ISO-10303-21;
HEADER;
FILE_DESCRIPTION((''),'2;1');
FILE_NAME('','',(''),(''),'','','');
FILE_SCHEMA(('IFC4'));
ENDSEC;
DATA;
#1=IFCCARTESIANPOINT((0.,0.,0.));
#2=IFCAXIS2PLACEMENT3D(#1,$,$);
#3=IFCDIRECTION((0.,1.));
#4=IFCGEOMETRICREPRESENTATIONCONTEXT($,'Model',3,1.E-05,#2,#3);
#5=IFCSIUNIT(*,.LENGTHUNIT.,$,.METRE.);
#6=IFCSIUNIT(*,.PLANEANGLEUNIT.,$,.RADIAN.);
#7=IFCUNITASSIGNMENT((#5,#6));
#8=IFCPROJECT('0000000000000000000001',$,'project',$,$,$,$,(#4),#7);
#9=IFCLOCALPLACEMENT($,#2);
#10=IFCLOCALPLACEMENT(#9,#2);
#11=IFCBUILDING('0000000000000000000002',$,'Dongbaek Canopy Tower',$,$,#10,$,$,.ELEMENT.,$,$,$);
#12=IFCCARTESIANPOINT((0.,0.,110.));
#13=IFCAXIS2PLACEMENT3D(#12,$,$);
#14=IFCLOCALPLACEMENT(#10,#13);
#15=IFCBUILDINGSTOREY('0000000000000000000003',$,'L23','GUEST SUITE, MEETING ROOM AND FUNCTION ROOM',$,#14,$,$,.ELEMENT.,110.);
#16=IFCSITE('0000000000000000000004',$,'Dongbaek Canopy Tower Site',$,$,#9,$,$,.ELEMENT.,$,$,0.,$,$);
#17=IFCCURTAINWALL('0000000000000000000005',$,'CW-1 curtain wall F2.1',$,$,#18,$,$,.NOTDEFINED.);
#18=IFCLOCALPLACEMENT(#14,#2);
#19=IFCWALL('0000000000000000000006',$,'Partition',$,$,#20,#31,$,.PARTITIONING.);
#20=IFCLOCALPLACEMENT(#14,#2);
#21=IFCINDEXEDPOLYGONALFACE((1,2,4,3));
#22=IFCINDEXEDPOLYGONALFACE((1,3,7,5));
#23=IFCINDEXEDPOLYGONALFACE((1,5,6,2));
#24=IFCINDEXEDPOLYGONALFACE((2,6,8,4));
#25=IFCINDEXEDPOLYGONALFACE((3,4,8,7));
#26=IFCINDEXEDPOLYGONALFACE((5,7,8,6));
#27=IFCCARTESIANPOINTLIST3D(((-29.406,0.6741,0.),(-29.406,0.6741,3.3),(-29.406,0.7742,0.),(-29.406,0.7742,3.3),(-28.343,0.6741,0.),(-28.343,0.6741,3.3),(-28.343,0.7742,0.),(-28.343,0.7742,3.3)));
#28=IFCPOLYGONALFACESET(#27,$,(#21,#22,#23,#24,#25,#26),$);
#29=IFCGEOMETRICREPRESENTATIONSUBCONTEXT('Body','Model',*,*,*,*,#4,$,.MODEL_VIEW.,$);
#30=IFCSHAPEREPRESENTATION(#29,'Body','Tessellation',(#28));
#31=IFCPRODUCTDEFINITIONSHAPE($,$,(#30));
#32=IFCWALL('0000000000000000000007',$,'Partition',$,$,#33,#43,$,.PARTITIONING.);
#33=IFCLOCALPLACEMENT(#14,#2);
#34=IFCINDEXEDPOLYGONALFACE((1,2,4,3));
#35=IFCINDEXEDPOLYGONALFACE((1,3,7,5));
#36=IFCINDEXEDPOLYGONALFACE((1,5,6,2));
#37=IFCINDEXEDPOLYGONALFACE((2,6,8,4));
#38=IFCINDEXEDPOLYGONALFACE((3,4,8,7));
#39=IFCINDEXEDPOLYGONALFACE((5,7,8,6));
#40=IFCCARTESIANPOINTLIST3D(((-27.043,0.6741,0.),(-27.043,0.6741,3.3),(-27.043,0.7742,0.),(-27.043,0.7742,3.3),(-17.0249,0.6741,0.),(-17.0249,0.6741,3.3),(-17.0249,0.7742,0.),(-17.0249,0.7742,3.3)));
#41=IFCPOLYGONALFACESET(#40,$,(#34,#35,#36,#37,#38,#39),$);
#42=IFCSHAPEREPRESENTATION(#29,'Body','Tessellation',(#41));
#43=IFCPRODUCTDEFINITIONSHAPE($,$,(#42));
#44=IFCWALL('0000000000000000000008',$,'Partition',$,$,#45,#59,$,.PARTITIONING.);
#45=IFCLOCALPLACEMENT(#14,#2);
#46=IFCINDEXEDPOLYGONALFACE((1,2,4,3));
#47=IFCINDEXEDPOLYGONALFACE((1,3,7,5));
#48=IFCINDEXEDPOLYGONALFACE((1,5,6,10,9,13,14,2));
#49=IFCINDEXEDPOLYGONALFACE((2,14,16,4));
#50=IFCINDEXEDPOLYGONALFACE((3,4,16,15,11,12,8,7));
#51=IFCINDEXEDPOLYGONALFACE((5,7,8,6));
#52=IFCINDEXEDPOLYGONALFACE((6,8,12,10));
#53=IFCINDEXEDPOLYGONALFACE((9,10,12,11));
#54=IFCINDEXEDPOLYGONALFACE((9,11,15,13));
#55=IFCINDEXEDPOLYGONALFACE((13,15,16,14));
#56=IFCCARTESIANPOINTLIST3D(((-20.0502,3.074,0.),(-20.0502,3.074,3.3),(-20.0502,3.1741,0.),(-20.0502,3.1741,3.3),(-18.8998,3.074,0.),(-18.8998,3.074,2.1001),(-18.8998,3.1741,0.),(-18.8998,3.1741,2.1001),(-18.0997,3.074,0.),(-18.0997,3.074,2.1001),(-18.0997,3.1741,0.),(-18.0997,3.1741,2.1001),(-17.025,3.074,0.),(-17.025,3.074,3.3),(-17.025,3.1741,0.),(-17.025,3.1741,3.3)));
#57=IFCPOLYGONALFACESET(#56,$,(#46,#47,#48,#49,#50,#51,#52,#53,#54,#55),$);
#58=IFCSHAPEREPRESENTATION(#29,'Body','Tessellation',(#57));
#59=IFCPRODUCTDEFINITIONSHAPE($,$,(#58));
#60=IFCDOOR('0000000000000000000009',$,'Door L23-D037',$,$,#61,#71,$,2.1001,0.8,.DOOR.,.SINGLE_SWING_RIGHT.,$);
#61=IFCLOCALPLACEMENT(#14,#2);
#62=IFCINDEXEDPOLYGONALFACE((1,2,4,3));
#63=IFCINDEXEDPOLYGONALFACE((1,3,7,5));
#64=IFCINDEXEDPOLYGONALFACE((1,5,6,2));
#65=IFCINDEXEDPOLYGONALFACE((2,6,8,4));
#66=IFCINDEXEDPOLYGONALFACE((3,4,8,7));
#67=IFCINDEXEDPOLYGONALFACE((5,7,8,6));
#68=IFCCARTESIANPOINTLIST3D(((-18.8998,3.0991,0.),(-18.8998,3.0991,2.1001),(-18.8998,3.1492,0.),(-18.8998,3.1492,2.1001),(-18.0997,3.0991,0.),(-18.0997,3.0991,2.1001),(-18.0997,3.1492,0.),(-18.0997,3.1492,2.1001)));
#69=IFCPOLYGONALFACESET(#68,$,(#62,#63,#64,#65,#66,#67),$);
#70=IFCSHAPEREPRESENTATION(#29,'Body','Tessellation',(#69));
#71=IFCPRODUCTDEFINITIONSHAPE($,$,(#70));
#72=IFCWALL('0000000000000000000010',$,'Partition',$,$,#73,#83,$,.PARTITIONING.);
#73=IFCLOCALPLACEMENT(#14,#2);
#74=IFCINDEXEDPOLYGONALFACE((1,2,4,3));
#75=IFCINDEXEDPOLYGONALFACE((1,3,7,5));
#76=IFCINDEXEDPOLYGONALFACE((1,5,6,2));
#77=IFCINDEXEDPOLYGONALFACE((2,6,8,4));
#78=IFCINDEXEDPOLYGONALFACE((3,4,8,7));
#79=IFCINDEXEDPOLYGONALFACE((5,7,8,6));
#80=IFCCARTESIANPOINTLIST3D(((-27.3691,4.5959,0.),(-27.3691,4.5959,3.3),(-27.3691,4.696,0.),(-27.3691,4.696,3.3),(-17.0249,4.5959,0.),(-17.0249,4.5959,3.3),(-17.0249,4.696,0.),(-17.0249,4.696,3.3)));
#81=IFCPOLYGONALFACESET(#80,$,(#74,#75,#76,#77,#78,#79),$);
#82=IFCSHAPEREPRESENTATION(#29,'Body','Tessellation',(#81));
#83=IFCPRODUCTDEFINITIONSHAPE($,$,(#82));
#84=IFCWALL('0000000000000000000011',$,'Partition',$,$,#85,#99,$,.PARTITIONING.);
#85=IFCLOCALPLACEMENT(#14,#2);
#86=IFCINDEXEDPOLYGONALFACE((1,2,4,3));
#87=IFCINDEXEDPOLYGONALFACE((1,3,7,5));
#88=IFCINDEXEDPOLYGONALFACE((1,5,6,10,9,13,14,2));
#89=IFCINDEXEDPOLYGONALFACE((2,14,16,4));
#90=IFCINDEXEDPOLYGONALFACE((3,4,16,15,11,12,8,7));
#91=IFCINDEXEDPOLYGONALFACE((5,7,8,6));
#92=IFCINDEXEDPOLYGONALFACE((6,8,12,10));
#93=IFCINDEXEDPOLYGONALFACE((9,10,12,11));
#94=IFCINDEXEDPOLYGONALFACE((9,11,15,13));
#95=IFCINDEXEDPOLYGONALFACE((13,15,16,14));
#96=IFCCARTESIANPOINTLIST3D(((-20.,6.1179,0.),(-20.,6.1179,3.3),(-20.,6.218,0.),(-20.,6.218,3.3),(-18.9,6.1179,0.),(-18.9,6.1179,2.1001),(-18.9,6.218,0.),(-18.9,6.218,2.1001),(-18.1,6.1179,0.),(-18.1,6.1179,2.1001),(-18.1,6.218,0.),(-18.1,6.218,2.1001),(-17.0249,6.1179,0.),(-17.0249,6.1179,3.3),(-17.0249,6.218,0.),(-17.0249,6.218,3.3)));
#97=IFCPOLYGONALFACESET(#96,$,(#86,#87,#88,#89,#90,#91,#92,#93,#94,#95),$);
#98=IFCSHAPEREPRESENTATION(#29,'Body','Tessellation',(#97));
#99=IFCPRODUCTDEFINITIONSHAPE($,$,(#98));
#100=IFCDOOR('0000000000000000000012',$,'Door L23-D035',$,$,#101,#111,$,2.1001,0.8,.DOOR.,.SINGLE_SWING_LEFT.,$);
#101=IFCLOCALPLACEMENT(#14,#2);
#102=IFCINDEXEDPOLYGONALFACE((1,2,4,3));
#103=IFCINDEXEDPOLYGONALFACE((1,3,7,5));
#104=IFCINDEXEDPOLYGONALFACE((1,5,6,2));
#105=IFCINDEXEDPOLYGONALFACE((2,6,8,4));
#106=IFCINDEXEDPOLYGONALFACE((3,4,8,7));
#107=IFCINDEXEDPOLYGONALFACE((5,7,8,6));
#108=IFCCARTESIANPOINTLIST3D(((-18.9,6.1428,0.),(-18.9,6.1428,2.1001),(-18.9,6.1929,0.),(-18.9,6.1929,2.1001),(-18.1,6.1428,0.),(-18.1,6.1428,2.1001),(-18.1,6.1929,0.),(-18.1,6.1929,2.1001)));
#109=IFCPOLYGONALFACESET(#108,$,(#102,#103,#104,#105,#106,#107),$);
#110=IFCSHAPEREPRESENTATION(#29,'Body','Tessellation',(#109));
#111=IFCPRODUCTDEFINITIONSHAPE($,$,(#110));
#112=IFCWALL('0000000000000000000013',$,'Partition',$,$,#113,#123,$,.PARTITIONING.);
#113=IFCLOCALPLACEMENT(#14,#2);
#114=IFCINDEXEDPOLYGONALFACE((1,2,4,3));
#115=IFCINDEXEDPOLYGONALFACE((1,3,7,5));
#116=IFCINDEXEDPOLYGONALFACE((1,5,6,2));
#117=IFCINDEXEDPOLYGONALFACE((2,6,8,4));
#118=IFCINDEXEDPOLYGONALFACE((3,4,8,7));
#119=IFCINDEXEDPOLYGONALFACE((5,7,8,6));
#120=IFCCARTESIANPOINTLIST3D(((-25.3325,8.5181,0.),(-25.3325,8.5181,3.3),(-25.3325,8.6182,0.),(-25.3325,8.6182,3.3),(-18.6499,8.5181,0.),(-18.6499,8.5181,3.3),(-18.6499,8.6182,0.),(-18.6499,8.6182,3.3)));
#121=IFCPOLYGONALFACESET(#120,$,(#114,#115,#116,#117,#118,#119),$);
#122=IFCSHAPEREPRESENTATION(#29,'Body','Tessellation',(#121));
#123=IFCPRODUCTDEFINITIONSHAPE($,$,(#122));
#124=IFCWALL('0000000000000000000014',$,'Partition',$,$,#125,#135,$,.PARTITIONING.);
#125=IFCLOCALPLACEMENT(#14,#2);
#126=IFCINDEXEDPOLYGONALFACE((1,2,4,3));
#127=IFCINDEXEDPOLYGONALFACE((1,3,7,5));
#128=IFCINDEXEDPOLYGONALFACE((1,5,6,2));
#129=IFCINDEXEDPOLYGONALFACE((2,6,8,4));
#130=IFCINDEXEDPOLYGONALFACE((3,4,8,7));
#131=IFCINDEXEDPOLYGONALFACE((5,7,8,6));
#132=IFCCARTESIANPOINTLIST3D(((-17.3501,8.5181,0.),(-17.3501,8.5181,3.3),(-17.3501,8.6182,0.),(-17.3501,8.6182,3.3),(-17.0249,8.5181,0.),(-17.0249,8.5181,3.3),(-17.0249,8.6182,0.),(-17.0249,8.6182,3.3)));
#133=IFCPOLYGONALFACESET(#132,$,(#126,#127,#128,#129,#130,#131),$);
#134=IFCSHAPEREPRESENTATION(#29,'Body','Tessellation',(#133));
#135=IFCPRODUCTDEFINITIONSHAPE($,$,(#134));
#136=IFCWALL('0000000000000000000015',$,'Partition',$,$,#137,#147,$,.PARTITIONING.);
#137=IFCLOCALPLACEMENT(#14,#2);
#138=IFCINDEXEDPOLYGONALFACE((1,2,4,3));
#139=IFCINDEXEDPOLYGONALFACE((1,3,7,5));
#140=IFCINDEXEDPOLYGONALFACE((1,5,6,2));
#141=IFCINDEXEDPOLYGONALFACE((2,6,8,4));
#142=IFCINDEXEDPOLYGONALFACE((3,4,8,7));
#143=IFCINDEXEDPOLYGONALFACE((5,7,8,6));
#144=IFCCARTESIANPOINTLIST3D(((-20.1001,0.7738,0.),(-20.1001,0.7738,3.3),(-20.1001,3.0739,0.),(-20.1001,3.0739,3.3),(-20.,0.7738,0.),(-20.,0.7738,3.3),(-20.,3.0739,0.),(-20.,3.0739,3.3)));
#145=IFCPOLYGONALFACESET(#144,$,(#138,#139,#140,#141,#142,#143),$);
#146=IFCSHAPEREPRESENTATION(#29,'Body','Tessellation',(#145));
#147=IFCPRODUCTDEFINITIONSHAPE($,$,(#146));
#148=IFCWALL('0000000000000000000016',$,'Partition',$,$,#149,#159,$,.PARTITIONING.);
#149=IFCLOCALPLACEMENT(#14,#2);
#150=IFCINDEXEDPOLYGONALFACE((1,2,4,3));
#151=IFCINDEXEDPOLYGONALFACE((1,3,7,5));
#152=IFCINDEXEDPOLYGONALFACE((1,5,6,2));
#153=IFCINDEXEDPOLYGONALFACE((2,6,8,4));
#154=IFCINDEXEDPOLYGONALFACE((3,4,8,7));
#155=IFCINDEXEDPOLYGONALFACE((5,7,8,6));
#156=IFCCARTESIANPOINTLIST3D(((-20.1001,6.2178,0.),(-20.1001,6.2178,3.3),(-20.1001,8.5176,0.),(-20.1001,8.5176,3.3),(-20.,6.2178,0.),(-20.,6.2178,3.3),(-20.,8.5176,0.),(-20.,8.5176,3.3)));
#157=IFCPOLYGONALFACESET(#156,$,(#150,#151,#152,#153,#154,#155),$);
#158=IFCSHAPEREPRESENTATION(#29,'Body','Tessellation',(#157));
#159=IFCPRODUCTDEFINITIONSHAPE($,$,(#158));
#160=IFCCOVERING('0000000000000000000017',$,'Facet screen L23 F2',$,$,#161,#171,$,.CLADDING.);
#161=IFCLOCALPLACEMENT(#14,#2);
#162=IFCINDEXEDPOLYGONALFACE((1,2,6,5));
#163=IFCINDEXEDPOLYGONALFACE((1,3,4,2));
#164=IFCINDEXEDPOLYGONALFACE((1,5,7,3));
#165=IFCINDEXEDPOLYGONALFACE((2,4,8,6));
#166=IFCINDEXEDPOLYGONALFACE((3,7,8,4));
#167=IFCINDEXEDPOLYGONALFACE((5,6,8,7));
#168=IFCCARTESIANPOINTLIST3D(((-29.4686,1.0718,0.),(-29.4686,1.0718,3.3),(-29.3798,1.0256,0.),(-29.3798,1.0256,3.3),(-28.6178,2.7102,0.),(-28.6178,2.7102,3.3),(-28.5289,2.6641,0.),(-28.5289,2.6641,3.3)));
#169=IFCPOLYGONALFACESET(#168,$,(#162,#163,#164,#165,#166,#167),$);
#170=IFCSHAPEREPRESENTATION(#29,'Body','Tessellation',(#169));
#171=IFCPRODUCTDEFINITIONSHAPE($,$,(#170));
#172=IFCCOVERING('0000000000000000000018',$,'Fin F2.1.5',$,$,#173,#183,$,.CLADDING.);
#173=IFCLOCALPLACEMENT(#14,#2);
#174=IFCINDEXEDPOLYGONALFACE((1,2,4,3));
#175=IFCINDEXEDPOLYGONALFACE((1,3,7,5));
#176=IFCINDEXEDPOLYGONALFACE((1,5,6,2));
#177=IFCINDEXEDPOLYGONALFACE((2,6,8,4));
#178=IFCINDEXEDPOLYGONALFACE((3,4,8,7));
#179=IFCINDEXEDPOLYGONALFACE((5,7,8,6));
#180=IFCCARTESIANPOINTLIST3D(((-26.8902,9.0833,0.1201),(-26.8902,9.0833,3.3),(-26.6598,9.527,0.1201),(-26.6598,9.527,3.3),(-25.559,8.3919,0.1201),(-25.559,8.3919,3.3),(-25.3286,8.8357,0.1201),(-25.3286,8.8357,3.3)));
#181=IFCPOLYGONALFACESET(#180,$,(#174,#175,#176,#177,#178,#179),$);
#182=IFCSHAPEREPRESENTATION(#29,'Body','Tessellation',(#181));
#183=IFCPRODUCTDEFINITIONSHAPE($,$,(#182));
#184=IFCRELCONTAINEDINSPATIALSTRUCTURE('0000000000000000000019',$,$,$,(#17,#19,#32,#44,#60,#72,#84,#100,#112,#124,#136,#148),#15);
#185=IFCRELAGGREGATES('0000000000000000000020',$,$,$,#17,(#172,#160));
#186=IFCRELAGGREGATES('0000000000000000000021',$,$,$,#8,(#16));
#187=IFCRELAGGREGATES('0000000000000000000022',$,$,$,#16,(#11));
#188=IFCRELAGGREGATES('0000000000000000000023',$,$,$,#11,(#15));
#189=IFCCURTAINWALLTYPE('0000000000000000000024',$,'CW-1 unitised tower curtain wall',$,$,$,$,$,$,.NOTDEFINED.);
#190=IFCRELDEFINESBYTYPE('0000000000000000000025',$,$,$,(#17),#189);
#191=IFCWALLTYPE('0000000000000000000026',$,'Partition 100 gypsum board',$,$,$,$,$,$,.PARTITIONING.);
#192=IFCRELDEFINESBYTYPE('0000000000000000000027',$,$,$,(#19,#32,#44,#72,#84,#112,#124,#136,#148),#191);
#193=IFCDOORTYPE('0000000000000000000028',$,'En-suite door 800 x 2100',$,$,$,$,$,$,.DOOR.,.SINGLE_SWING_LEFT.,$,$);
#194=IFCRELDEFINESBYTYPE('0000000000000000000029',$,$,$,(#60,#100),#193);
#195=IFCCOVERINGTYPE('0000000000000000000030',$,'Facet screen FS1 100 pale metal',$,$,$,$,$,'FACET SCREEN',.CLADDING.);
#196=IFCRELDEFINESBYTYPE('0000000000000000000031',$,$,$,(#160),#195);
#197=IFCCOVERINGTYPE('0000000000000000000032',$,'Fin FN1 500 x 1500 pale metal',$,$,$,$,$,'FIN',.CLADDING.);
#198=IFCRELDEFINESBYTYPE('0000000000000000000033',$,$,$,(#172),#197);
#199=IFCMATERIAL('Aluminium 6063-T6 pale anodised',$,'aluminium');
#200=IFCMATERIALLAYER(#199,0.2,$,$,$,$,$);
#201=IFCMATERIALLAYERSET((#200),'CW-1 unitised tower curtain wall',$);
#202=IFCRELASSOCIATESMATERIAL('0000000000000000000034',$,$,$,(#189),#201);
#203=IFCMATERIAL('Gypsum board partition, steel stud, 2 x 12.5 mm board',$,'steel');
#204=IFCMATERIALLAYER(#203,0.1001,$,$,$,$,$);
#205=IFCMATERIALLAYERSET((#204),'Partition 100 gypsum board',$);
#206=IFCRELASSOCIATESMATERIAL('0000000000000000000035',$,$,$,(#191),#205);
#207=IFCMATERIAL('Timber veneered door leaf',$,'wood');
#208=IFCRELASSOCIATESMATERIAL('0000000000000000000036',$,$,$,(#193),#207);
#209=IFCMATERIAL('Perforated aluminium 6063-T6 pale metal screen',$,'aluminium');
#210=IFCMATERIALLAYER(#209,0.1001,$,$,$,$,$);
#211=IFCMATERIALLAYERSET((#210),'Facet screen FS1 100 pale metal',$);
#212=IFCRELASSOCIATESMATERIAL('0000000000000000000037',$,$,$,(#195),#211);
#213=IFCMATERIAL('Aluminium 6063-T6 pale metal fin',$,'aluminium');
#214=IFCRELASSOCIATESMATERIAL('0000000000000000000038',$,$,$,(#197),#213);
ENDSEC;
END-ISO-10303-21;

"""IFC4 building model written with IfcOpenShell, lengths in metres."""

from ifc_helpers import new_model, si_unit, direction, frame, frame_2d, origin, origin_2d, place, context, subcontext, project, spatial, rectangle, extrude, material, layer, layer_set, material_profile, profile_set, type_object, element, fill, aggregate, save


model = new_model("IFC4")

# Units and contexts
model_context = context("Model", 3, precision=1e-05, world=origin(), true_north=direction((0.0, 1.0)))
body_context = subcontext(model_context, "Body", "Model", "MODEL_VIEW")
ifc_project = project(units=[si_unit("LENGTHUNIT", "METRE"), si_unit("PLANEANGLEUNIT", "RADIAN")], contexts=[model_context])

# Site, building, storey
site_placement = place(None, origin())
site = spatial("IfcSite", under=ifc_project, at=site_placement, Name="Dongbaek Canopy Tower Site", CompositionType="ELEMENT", RefElevation=0.0)
building_placement = place(site_placement, origin())
building = spatial("IfcBuilding", under=site, at=building_placement, Name="Dongbaek Canopy Tower", CompositionType="ELEMENT")
storey_placement = place(building_placement, frame((0.0, 0.0, 110.0)))
storey = spatial("IfcBuildingStorey", under=building, at=storey_placement, Name="L23", Description="GUEST SUITE, MEETING ROOM AND FUNCTION ROOM", CompositionType="ELEMENT", Elevation=110.0)

# Curtain wall
ifc_material_1 = material(Name="Aluminium 6063-T6 pale anodised", Category="aluminium")
ifc_layer_1 = layer(ifc_material_1, 0.2)
ifc_layer_set_1 = layer_set([ifc_layer_1], Name="CW-1 unitised tower curtain wall")
curtain_wall_type = type_object("IfcCurtainWallType", Name="CW-1 unitised tower curtain wall", PredefinedType="NOTDEFINED", material=ifc_layer_set_1)
curtain_wall_placement = place(storey_placement, origin())
curtain_wall = element("IfcCurtainWall", 1, at=curtain_wall_placement, inside=storey, type_object=curtain_wall_type, Name="CW-1 curtain wall F2.1", PredefinedType="NOTDEFINED")

# Walls
ifc_material_2 = material(Name="Gypsum board partition, steel stud, 2 x 12.5 mm board", Category="steel")
ifc_layer_2 = layer(ifc_material_2, 0.1001)
ifc_layer_set_2 = layer_set([ifc_layer_2], Name="Partition 100 gypsum board")
wall_type_1 = type_object("IfcWallType", Name="Partition 100 gypsum board", PredefinedType="PARTITIONING", material=ifc_layer_set_2)
wall_1_placement = place(storey_placement, frame((-29.406, 0.7241, 0.0), z_axis=(0.0, 0.0, 1.0), x_axis=(1.0, 0.0, 0.0)))
element("IfcWall", 2, at=wall_1_placement, inside=storey, type_object=wall_type_1, Name="Partition", PredefinedType="PARTITIONING", context=body_context, shape_type="SweptSolid", body=[
    extrude(rectangle(XDim=1.063, YDim=0.1001, at=frame_2d((0.5315, 0.0))), origin(), (0.0, 0.0, 1.0), 3.3),
])
wall_2_placement = place(storey_placement, frame((-27.043, 0.7241, 0.0), z_axis=(0.0, 0.0, 1.0), x_axis=(1.0, 0.0, 0.0)))
element("IfcWall", 3, at=wall_2_placement, inside=storey, type_object=wall_type_1, Name="Partition", PredefinedType="PARTITIONING", context=body_context, shape_type="SweptSolid", body=[
    extrude(rectangle(XDim=10.0181, YDim=0.1001, at=frame_2d((5.009, 0.0))), origin(), (0.0, 0.0, 1.0), 3.3),
])

# Wall, opening, door
wall_3_placement = place(storey_placement, frame((-17.0249, 3.124, 0.0), z_axis=(0.0, 0.0, 1.0), x_axis=(-1.0, 0.0, 0.0)))
wall_3 = element("IfcWall", 4, at=wall_3_placement, inside=storey, type_object=wall_type_1, Name="Partition", PredefinedType="PARTITIONING", context=body_context, shape_type="SweptSolid", body=[
    extrude(rectangle(XDim=3.0251, YDim=0.1001, at=frame_2d((1.5127, 0.0))), origin(), (0.0, 0.0, 1.0), 3.3),
])
opening_1_placement = place(wall_3_placement, frame((1.075, 0.0, 0.0)))
opening_1 = element("IfcOpeningElement", 5, at=opening_1_placement, cuts=wall_3, PredefinedType="OPENING", context=body_context, shape_type="SweptSolid", body=[
    extrude(rectangle(XDim=0.8, YDim=2.1001, at=frame_2d((0.3999, 1.05))), frame((0.0, 0.0601, 0.0), z_axis=(0.0, -1.0, 0.0), x_axis=(1.0, 0.0, 0.0)), (0.0, 0.0, 1.0), 0.1201),
])
ifc_material_3 = material(Name="Timber veneered door leaf", Category="wood")
door_type_1 = type_object("IfcDoorType", Name="En-suite door 800 x 2100", OperationType="SINGLE_SWING_LEFT", PredefinedType="DOOR", material=ifc_material_3)
door_1_placement = place(opening_1_placement, origin())
door_1 = element("IfcDoor", 6, at=door_1_placement, inside=storey, type_object=door_type_1, Name="Door L23-D037", OperationType="SINGLE_SWING_RIGHT", OverallHeight=2.1001, OverallWidth=0.8, PredefinedType="DOOR", context=body_context, shape_type="SweptSolid", body=[
    extrude(rectangle(XDim=0.8, YDim=2.1001, at=frame_2d((0.3999, 1.05))), frame((0.0, 0.0249, 0.0), z_axis=(0.0, -1.0, 0.0), x_axis=(1.0, 0.0, 0.0)), (0.0, 0.0, 1.0), 0.05),
])
fill(opening_1, door_1)

# Wall
wall_4_placement = place(storey_placement, frame((-27.3691, 4.646, 0.0), z_axis=(0.0, 0.0, 1.0), x_axis=(1.0, 0.0, 0.0)))
element("IfcWall", 7, at=wall_4_placement, inside=storey, type_object=wall_type_1, Name="Partition", PredefinedType="PARTITIONING", context=body_context, shape_type="SweptSolid", body=[
    extrude(rectangle(XDim=10.3442, YDim=0.1001, at=frame_2d((5.1721, 0.0))), origin(), (0.0, 0.0, 1.0), 3.3),
])

# Wall, opening, door
wall_5_placement = place(storey_placement, frame((-20.0, 6.168, 0.0), z_axis=(0.0, 0.0, 1.0), x_axis=(1.0, 0.0, 0.0)))
wall_5 = element("IfcWall", 8, at=wall_5_placement, inside=storey, type_object=wall_type_1, Name="Partition", PredefinedType="PARTITIONING", context=body_context, shape_type="SweptSolid", body=[
    extrude(rectangle(XDim=2.9751, YDim=0.1001, at=frame_2d((1.4875, 0.0))), origin(), (0.0, 0.0, 1.0), 3.3),
])
opening_2_placement = place(wall_5_placement, frame((1.1001, 0.0, 0.0)))
opening_2 = element("IfcOpeningElement", 9, at=opening_2_placement, cuts=wall_5, PredefinedType="OPENING", context=body_context, shape_type="SweptSolid", body=[
    extrude(rectangle(XDim=0.8, YDim=2.1001, at=frame_2d((0.3999, 1.05))), frame((0.0, 0.0601, 0.0), z_axis=(0.0, -1.0, 0.0), x_axis=(1.0, 0.0, 0.0)), (0.0, 0.0, 1.0), 0.1201),
])
door_2_placement = place(opening_2_placement, origin())
door_2 = element("IfcDoor", 10, at=door_2_placement, inside=storey, type_object=door_type_1, Name="Door L23-D035", OperationType="SINGLE_SWING_LEFT", OverallHeight=2.1001, OverallWidth=0.8, PredefinedType="DOOR", context=body_context, shape_type="SweptSolid", body=[
    extrude(rectangle(XDim=0.8, YDim=2.1001, at=frame_2d((0.3999, 1.05))), frame((0.0, 0.0249, 0.0), z_axis=(0.0, -1.0, 0.0), x_axis=(1.0, 0.0, 0.0)), (0.0, 0.0, 1.0), 0.05),
])
fill(opening_2, door_2)

# Walls
wall_6_placement = place(storey_placement, frame((-25.3325, 8.5681, 0.0), z_axis=(0.0, 0.0, 1.0), x_axis=(1.0, 0.0, 0.0)))
element("IfcWall", 11, at=wall_6_placement, inside=storey, type_object=wall_type_1, Name="Partition", PredefinedType="PARTITIONING", context=body_context, shape_type="SweptSolid", body=[
    extrude(rectangle(XDim=6.6826, YDim=0.1001, at=frame_2d((3.3413, 0.0))), origin(), (0.0, 0.0, 1.0), 3.3),
])
wall_7_placement = place(storey_placement, frame((-17.3501, 8.5681, 0.0), z_axis=(0.0, 0.0, 1.0), x_axis=(1.0, 0.0, 0.0)))
element("IfcWall", 12, at=wall_7_placement, inside=storey, type_object=wall_type_1, Name="Partition", PredefinedType="PARTITIONING", context=body_context, shape_type="SweptSolid", body=[
    extrude(rectangle(XDim=0.3252, YDim=0.1001, at=frame_2d((0.1626, 0.0))), origin(), (0.0, 0.0, 1.0), 3.3),
])
wall_8_placement = place(storey_placement, frame((-20.05, 0.7739, 0.0), z_axis=(0.0, 0.0, 1.0), x_axis=(0.0, 1.0, 0.0)))
element("IfcWall", 13, at=wall_8_placement, inside=storey, type_object=wall_type_1, Name="Partition", PredefinedType="PARTITIONING", context=body_context, shape_type="SweptSolid", body=[
    extrude(rectangle(XDim=2.3, YDim=0.1001, at=frame_2d((1.1499, 0.0))), origin(), (0.0, 0.0, 1.0), 3.3),
])
wall_9_placement = place(storey_placement, frame((-20.05, 6.2178, 0.0), z_axis=(0.0, 0.0, 1.0), x_axis=(0.0, 1.0, 0.0)))
element("IfcWall", 14, at=wall_9_placement, inside=storey, type_object=wall_type_1, Name="Partition", PredefinedType="PARTITIONING", context=body_context, shape_type="SweptSolid", body=[
    extrude(rectangle(XDim=2.2998, YDim=0.1001, at=frame_2d((1.1499, 0.0))), origin(), (0.0, 0.0, 1.0), 3.3),
])

# Coverings
ifc_material_4 = material(Name="Perforated aluminium 6063-T6 pale metal screen", Category="aluminium")
ifc_layer_3 = layer(ifc_material_4, 0.1001)
ifc_layer_set_3 = layer_set([ifc_layer_3], Name="Facet screen FS1 100 pale metal")
covering_type_1 = type_object("IfcCoveringType", Name="Facet screen FS1 100 pale metal", ElementType="FACET SCREEN", PredefinedType="CLADDING", material=ifc_layer_set_3)
covering_1_placement = place(storey_placement, frame((-28.9988, 1.8679, 0.0), z_axis=(0.0, 0.0, 1.0), x_axis=(-0.46088, -0.887463, 0.0)))
covering_1 = element("IfcCovering", 15, at=covering_1_placement, type_object=covering_type_1, Name="Facet screen L23 F2", PredefinedType="CLADDING", context=body_context, shape_type="SweptSolid", body=[
    extrude(rectangle(XDim=1.8462, YDim=0.1001, at=origin_2d()), origin(), (0.0, 0.0, 1.0), 3.3),
])
ifc_material_5 = material(Name="Aluminium 6063-T6 pale metal fin", Category="aluminium")
ifc_material_profile_1 = material_profile(ifc_material_5, rectangle(XDim=1.5, YDim=0.5, at=origin_2d()), Name="Fin FN1 500 x 1500 pale metal")
ifc_profile_set_1 = profile_set([ifc_material_profile_1], Name="Aluminium 6063-T6 pale metal fin")
covering_type_2 = type_object("IfcCoveringType", Name="Fin FN1 500 x 1500 pale metal", ElementType="FIN", PredefinedType="CLADDING", material=ifc_profile_set_1)
covering_2_placement = place(storey_placement, frame((-26.1094, 8.9595, 0.1201), z_axis=(0.0, 0.0, 1.0), x_axis=(-0.887463, 0.46088, 0.0)))
covering_2 = element("IfcCovering", 16, at=covering_2_placement, type_object=covering_type_2, Name="Fin F2.1.5", PredefinedType="CLADDING", context=body_context, shape_type="SweptSolid", body=[
    extrude(rectangle(XDim=1.5, YDim=0.5, at=origin_2d()), origin(), (0.0, 0.0, 1.0), 3.1799),
])
aggregate(curtain_wall, [covering_2, covering_1])

save(model, "model.ifc")
